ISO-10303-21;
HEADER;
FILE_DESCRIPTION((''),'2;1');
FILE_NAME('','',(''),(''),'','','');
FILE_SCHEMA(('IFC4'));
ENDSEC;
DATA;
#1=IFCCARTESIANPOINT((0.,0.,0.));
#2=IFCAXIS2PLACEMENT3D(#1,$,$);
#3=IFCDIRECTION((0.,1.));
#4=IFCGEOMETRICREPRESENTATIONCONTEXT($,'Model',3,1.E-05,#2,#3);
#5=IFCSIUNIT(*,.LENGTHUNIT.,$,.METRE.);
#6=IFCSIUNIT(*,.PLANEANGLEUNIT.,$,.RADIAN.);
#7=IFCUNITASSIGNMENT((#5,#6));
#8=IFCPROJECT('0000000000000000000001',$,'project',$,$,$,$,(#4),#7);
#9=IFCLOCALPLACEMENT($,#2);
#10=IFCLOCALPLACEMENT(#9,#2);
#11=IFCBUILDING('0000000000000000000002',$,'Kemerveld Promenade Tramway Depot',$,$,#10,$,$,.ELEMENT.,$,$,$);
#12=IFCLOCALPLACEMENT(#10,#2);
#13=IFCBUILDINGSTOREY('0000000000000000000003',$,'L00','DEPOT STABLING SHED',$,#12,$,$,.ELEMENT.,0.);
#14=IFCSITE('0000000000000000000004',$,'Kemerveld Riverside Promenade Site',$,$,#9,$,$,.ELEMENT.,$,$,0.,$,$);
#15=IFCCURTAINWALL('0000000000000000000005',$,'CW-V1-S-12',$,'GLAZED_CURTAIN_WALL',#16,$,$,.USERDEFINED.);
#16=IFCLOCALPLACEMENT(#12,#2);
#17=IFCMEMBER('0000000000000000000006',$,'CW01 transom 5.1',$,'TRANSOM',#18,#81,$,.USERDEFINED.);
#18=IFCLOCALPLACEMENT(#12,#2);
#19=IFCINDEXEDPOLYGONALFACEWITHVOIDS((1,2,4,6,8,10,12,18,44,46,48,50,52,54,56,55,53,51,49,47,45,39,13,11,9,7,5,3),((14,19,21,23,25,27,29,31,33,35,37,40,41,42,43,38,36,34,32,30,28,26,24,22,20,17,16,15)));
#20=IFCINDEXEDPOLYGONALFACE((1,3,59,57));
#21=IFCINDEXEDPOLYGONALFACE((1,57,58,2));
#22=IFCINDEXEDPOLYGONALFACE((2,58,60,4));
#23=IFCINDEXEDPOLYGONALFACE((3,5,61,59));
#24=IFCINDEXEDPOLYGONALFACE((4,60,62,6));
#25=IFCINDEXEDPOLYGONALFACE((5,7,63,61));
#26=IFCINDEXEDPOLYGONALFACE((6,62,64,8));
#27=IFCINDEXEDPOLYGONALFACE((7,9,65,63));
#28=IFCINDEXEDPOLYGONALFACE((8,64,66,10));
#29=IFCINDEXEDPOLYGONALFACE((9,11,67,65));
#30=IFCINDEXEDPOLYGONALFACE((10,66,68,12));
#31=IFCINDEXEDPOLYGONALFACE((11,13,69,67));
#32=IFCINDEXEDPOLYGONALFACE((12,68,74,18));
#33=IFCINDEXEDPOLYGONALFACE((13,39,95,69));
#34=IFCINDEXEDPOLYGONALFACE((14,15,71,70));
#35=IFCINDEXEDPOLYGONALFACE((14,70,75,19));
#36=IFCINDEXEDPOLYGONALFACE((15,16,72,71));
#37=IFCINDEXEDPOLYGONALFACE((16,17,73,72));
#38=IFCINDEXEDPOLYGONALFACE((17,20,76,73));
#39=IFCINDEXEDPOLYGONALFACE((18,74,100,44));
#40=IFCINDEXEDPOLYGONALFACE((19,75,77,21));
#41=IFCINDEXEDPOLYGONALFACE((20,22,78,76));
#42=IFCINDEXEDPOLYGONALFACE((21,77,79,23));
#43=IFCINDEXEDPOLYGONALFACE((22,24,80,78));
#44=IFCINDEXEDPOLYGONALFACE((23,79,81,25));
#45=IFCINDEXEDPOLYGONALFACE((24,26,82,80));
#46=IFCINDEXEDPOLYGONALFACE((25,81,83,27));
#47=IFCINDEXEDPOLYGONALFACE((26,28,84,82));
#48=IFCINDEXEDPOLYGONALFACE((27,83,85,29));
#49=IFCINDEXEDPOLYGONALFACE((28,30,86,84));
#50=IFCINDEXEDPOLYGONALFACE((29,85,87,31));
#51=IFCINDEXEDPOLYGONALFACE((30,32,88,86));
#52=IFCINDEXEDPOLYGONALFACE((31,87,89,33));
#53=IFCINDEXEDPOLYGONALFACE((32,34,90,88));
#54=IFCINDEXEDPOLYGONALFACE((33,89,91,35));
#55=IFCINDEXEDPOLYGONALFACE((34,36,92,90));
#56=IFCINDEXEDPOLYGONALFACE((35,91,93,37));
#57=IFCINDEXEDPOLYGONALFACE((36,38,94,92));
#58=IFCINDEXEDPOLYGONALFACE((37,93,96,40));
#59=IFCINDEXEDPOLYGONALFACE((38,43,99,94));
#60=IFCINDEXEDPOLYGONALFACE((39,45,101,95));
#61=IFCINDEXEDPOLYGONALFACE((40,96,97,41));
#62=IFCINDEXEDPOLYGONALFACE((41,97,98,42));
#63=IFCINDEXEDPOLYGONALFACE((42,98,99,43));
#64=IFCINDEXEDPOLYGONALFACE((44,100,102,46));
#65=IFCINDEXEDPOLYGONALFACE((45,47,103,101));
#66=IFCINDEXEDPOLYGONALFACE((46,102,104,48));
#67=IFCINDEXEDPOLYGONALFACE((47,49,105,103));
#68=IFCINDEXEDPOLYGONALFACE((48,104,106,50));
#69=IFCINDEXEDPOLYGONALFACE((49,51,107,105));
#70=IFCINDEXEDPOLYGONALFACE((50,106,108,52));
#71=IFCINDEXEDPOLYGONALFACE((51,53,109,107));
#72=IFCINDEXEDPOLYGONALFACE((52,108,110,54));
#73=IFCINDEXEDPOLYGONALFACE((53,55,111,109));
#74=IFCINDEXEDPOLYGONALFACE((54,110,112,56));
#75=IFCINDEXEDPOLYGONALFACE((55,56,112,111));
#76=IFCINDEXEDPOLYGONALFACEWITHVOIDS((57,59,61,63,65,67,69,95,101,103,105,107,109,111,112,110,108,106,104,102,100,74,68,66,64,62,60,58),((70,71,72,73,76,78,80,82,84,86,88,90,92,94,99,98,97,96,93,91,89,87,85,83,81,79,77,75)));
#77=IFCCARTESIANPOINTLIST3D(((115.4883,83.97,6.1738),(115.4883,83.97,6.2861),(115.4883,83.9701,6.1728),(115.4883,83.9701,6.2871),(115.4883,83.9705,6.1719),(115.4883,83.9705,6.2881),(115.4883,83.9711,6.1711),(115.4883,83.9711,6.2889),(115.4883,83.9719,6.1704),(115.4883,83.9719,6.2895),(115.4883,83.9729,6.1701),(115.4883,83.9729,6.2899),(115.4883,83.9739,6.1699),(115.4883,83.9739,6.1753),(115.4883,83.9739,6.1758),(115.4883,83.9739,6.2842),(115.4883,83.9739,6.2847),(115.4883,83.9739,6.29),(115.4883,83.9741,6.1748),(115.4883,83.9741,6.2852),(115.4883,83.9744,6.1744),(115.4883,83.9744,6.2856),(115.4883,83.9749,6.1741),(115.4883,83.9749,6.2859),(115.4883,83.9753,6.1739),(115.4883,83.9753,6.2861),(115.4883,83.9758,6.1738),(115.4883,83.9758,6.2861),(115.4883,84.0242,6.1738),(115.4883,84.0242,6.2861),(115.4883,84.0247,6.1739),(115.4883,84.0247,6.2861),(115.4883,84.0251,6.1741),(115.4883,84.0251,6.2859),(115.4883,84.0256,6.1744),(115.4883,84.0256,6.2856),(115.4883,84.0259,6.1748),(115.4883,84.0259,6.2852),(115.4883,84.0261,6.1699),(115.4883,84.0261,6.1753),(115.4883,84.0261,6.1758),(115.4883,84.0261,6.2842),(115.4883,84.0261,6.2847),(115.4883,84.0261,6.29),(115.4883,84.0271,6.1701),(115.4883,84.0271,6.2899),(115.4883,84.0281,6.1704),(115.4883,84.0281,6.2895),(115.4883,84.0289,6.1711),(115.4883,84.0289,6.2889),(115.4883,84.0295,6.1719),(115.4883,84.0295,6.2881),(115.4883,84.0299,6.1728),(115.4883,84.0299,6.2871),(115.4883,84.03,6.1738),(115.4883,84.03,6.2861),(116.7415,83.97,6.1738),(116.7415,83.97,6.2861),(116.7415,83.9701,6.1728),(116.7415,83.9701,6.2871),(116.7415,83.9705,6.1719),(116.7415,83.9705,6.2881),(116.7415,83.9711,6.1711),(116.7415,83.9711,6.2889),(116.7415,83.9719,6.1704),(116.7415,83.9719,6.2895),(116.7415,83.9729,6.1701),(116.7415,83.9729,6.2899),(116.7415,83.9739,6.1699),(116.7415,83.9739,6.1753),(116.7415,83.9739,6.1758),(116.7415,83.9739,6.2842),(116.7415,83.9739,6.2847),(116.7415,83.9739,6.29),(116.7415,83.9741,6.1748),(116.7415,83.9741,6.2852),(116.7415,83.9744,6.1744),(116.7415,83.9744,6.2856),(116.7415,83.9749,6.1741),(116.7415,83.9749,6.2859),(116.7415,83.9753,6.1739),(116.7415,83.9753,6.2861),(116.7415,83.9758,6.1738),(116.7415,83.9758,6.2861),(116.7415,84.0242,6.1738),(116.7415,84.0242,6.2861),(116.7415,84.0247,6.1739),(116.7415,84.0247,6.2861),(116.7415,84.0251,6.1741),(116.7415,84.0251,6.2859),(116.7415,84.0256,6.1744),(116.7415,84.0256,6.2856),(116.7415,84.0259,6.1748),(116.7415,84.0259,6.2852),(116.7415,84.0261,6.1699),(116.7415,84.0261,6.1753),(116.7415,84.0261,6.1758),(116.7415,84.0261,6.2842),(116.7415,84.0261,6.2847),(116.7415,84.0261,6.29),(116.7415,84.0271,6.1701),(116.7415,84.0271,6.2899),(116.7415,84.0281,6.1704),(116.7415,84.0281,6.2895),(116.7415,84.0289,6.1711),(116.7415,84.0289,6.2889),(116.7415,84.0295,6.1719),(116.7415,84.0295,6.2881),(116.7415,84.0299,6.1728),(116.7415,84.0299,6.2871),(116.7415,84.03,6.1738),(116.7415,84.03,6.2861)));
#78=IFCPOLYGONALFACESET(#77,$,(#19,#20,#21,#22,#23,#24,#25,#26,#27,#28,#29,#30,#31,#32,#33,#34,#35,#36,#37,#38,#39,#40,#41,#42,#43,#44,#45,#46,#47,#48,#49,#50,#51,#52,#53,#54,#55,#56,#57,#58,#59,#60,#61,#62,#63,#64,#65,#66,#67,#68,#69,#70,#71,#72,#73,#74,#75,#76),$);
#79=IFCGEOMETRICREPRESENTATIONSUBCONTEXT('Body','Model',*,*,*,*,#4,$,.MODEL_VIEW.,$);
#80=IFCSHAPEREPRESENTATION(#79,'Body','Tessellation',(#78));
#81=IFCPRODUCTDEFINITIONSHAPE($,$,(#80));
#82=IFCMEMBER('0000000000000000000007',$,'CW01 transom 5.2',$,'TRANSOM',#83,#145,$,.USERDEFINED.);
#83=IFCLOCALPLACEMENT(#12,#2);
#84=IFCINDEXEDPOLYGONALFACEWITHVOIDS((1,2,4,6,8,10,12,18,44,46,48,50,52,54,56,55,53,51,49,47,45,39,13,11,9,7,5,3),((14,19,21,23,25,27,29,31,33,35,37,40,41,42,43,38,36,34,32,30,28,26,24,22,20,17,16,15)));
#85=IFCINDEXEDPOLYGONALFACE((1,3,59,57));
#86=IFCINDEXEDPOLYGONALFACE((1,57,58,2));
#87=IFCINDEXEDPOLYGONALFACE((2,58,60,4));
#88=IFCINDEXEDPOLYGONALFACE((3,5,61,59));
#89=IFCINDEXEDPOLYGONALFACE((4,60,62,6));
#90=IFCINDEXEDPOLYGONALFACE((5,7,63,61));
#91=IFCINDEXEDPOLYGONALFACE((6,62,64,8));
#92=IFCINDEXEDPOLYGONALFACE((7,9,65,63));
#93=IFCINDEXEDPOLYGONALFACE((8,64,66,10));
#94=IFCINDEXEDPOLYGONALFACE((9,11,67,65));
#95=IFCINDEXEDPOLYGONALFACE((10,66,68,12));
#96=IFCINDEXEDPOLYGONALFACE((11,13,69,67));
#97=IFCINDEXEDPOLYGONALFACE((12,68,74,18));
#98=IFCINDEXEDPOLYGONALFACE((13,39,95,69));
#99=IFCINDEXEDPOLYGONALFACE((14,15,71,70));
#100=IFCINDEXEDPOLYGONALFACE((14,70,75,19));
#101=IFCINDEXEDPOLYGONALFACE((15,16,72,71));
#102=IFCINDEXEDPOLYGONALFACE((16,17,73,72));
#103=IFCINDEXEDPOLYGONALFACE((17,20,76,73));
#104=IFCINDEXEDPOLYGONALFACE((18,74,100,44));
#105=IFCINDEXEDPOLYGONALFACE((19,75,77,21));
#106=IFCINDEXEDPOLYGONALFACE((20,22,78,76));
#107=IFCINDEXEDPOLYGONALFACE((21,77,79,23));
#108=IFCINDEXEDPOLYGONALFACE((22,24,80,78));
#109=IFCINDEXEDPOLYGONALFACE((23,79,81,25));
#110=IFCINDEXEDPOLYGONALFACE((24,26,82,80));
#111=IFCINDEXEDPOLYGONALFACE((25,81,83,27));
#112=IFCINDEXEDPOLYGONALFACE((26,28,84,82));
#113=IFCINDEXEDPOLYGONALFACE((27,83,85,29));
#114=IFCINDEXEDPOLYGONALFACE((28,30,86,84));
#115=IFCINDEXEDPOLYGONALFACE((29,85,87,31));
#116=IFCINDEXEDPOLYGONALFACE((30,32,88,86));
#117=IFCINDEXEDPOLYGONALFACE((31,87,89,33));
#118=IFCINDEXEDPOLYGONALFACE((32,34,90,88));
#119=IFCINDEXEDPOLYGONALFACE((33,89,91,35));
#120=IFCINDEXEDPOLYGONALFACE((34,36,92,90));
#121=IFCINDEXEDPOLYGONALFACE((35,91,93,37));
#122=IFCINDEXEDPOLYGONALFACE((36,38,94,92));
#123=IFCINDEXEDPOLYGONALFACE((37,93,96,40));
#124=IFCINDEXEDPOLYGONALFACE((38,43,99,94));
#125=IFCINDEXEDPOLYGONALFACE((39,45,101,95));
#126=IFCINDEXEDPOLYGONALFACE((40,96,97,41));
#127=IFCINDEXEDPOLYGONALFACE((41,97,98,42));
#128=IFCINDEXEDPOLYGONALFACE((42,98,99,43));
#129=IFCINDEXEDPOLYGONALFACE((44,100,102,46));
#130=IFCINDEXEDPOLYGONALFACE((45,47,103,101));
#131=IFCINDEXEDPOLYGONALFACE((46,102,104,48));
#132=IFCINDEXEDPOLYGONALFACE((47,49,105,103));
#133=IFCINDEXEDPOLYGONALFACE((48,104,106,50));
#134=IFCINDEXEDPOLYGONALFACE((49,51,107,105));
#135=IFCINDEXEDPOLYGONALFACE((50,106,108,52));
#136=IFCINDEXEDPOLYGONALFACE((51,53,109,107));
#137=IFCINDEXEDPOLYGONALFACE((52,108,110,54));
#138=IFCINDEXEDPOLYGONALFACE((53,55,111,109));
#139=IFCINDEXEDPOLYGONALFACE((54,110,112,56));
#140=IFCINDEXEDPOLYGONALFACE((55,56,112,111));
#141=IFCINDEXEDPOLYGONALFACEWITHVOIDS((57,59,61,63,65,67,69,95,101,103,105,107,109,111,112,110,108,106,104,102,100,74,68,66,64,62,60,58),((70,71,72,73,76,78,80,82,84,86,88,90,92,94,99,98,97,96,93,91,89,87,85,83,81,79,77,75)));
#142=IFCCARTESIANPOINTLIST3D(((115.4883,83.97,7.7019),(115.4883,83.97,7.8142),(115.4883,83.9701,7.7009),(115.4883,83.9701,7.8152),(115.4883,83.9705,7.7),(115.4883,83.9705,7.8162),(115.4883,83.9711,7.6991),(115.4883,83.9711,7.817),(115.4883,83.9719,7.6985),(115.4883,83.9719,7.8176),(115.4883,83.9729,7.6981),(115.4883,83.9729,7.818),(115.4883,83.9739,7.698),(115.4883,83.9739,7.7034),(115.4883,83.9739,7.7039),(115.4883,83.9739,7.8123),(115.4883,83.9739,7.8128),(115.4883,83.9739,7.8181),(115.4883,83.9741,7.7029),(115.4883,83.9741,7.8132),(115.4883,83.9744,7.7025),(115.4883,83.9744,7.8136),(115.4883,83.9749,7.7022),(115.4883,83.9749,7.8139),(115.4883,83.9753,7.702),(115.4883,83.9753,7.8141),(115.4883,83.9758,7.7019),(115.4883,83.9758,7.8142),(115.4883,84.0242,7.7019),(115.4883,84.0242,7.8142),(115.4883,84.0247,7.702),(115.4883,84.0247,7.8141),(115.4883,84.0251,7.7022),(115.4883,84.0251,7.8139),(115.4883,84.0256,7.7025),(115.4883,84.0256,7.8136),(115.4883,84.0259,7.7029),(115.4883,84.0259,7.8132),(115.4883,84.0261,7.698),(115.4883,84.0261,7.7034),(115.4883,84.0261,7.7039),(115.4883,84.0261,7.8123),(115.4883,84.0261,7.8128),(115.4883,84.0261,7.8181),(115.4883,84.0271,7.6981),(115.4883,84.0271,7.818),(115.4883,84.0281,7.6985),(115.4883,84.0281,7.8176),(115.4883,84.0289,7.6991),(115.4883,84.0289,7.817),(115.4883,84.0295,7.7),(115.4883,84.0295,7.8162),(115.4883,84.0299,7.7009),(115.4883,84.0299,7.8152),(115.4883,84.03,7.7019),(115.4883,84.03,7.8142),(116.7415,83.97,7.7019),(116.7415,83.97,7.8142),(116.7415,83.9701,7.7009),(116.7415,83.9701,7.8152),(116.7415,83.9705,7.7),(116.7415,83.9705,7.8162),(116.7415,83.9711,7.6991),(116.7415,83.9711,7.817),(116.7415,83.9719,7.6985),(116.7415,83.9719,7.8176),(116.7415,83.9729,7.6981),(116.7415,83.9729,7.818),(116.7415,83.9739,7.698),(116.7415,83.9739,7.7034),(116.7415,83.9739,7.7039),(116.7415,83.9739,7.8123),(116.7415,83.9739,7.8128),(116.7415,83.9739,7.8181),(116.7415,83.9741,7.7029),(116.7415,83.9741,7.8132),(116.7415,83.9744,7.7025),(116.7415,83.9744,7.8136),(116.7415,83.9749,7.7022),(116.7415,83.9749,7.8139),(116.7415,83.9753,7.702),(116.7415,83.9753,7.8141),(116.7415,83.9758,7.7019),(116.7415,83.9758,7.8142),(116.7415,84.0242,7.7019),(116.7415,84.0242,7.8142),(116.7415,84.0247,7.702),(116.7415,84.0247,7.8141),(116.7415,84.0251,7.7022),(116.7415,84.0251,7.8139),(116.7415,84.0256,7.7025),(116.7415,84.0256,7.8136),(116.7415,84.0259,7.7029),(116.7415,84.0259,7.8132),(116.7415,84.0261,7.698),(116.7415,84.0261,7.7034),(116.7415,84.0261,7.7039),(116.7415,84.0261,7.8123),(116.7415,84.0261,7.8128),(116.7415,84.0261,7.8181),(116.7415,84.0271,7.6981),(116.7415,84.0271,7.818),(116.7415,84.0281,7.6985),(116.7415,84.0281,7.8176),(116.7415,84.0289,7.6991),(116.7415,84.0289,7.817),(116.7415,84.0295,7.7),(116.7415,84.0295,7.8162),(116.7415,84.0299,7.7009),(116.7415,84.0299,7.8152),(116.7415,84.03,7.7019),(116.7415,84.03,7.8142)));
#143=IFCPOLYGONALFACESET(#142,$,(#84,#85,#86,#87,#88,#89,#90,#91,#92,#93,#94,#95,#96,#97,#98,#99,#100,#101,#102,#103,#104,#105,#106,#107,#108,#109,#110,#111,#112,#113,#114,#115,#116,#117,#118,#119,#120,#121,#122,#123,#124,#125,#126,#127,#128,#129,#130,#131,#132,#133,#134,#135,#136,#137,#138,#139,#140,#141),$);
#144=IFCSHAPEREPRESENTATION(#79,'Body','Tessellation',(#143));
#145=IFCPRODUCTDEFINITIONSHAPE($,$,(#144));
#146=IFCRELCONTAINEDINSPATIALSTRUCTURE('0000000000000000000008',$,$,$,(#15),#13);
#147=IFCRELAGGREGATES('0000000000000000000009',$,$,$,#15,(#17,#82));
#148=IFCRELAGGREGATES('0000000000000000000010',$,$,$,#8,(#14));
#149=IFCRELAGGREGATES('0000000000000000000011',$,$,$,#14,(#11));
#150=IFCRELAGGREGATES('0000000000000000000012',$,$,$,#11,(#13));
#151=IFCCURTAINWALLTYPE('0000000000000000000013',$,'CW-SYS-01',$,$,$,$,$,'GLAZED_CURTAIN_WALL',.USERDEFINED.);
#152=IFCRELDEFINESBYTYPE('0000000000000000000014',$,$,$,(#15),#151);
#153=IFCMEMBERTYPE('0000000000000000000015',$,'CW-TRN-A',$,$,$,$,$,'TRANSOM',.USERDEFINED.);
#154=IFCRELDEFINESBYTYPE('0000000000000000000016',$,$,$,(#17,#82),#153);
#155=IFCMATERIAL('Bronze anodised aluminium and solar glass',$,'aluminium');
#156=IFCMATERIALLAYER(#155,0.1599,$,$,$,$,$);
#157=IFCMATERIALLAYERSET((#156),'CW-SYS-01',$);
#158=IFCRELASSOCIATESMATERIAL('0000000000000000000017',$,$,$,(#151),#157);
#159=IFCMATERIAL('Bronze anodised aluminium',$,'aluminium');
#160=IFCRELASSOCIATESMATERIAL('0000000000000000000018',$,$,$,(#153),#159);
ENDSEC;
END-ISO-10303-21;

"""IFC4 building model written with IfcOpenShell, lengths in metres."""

from ifc_helpers import new_model, si_unit, direction, frame, origin, origin_2d, place, context, subcontext, project, spatial, hollow_rectangle, extrude, material, layer, layer_set, material_profile, profile_set, type_object, element, aggregate, save


model = new_model("IFC4")

# Units and contexts
model_context = context("Model", 3, precision=1e-05, world=origin(), true_north=direction((0.0, 1.0)))
body_context = subcontext(model_context, "Body", "Model", "MODEL_VIEW")
ifc_project = project(units=[si_unit("LENGTHUNIT", "METRE"), si_unit("PLANEANGLEUNIT", "RADIAN")], contexts=[model_context])

# Site, building, storey
site_placement = place(None, origin())
site = spatial("IfcSite", under=ifc_project, at=site_placement, Name="Kemerveld Riverside Promenade Site", CompositionType="ELEMENT", RefElevation=0.0)
building_placement = place(site_placement, origin())
building = spatial("IfcBuilding", under=site, at=building_placement, Name="Kemerveld Promenade Tramway Depot", CompositionType="ELEMENT")
storey_placement = place(building_placement, origin())
storey = spatial("IfcBuildingStorey", under=building, at=storey_placement, Name="L00", Description="DEPOT STABLING SHED", CompositionType="ELEMENT", Elevation=0.0)

# Curtain wall
ifc_material_1 = material(Name="Bronze anodised aluminium and solar glass", Category="aluminium")
ifc_layer_1 = layer(ifc_material_1, 0.1599)
ifc_layer_set_1 = layer_set([ifc_layer_1], Name="CW-SYS-01")
curtain_wall_type_1 = type_object("IfcCurtainWallType", Name="CW-SYS-01", ElementType="GLAZED_CURTAIN_WALL", PredefinedType="USERDEFINED", material=ifc_layer_set_1)
curtain_wall_1_placement = place(storey_placement, origin())
curtain_wall_1 = element("IfcCurtainWall", 1, at=curtain_wall_1_placement, inside=storey, type_object=curtain_wall_type_1, Name="CW-V1-S-12", ObjectType="GLAZED_CURTAIN_WALL", PredefinedType="USERDEFINED")
ifc_material_2 = material(Name="Bronze anodised aluminium", Category="aluminium")

# Members
ifc_material_profile_1 = material_profile(ifc_material_2, hollow_rectangle(XDim=0.0601, YDim=0.1201, WallThickness=0.0039, InnerFilletRadius=0.002, OuterFilletRadius=0.0039, at=origin_2d()), Name="CW-TRN-120x60")
ifc_profile_set_1 = profile_set([ifc_material_profile_1], Name="Bronze anodised aluminium")
member_type_1 = type_object("IfcMemberType", Name="CW-TRN-A", ElementType="TRANSOM", PredefinedType="USERDEFINED", material=ifc_profile_set_1)
member_1_placement = place(storey_placement, frame((116.7415, 84.0, 6.23), z_axis=(-1.0, 0.0, 0.0), x_axis=(0.0, -1.0, 0.0)))
member_1 = element("IfcMember", 2, at=member_1_placement, type_object=member_type_1, Name="CW01 transom 5.1", ObjectType="TRANSOM", PredefinedType="USERDEFINED", context=body_context, shape_type="SweptSolid", body=[
    extrude(hollow_rectangle(XDim=0.0601, YDim=0.1201, WallThickness=0.0039, InnerFilletRadius=0.002, OuterFilletRadius=0.0039, at=origin_2d()), origin(), (0.0, 0.0, 1.0), 1.2532),
])
member_2_placement = place(storey_placement, frame((116.7415, 84.0, 7.7581), z_axis=(-1.0, 0.0, 0.0), x_axis=(0.0, -1.0, 0.0)))
member_2 = element("IfcMember", 3, at=member_2_placement, type_object=member_type_1, Name="CW01 transom 5.2", ObjectType="TRANSOM", PredefinedType="USERDEFINED", context=body_context, shape_type="SweptSolid", body=[
    extrude(hollow_rectangle(XDim=0.0601, YDim=0.1201, WallThickness=0.0039, InnerFilletRadius=0.002, OuterFilletRadius=0.0039, at=origin_2d()), origin(), (0.0, 0.0, 1.0), 1.2532),
])

aggregate(curtain_wall_1, [member_1, member_2])

save(model, "model.ifc")
